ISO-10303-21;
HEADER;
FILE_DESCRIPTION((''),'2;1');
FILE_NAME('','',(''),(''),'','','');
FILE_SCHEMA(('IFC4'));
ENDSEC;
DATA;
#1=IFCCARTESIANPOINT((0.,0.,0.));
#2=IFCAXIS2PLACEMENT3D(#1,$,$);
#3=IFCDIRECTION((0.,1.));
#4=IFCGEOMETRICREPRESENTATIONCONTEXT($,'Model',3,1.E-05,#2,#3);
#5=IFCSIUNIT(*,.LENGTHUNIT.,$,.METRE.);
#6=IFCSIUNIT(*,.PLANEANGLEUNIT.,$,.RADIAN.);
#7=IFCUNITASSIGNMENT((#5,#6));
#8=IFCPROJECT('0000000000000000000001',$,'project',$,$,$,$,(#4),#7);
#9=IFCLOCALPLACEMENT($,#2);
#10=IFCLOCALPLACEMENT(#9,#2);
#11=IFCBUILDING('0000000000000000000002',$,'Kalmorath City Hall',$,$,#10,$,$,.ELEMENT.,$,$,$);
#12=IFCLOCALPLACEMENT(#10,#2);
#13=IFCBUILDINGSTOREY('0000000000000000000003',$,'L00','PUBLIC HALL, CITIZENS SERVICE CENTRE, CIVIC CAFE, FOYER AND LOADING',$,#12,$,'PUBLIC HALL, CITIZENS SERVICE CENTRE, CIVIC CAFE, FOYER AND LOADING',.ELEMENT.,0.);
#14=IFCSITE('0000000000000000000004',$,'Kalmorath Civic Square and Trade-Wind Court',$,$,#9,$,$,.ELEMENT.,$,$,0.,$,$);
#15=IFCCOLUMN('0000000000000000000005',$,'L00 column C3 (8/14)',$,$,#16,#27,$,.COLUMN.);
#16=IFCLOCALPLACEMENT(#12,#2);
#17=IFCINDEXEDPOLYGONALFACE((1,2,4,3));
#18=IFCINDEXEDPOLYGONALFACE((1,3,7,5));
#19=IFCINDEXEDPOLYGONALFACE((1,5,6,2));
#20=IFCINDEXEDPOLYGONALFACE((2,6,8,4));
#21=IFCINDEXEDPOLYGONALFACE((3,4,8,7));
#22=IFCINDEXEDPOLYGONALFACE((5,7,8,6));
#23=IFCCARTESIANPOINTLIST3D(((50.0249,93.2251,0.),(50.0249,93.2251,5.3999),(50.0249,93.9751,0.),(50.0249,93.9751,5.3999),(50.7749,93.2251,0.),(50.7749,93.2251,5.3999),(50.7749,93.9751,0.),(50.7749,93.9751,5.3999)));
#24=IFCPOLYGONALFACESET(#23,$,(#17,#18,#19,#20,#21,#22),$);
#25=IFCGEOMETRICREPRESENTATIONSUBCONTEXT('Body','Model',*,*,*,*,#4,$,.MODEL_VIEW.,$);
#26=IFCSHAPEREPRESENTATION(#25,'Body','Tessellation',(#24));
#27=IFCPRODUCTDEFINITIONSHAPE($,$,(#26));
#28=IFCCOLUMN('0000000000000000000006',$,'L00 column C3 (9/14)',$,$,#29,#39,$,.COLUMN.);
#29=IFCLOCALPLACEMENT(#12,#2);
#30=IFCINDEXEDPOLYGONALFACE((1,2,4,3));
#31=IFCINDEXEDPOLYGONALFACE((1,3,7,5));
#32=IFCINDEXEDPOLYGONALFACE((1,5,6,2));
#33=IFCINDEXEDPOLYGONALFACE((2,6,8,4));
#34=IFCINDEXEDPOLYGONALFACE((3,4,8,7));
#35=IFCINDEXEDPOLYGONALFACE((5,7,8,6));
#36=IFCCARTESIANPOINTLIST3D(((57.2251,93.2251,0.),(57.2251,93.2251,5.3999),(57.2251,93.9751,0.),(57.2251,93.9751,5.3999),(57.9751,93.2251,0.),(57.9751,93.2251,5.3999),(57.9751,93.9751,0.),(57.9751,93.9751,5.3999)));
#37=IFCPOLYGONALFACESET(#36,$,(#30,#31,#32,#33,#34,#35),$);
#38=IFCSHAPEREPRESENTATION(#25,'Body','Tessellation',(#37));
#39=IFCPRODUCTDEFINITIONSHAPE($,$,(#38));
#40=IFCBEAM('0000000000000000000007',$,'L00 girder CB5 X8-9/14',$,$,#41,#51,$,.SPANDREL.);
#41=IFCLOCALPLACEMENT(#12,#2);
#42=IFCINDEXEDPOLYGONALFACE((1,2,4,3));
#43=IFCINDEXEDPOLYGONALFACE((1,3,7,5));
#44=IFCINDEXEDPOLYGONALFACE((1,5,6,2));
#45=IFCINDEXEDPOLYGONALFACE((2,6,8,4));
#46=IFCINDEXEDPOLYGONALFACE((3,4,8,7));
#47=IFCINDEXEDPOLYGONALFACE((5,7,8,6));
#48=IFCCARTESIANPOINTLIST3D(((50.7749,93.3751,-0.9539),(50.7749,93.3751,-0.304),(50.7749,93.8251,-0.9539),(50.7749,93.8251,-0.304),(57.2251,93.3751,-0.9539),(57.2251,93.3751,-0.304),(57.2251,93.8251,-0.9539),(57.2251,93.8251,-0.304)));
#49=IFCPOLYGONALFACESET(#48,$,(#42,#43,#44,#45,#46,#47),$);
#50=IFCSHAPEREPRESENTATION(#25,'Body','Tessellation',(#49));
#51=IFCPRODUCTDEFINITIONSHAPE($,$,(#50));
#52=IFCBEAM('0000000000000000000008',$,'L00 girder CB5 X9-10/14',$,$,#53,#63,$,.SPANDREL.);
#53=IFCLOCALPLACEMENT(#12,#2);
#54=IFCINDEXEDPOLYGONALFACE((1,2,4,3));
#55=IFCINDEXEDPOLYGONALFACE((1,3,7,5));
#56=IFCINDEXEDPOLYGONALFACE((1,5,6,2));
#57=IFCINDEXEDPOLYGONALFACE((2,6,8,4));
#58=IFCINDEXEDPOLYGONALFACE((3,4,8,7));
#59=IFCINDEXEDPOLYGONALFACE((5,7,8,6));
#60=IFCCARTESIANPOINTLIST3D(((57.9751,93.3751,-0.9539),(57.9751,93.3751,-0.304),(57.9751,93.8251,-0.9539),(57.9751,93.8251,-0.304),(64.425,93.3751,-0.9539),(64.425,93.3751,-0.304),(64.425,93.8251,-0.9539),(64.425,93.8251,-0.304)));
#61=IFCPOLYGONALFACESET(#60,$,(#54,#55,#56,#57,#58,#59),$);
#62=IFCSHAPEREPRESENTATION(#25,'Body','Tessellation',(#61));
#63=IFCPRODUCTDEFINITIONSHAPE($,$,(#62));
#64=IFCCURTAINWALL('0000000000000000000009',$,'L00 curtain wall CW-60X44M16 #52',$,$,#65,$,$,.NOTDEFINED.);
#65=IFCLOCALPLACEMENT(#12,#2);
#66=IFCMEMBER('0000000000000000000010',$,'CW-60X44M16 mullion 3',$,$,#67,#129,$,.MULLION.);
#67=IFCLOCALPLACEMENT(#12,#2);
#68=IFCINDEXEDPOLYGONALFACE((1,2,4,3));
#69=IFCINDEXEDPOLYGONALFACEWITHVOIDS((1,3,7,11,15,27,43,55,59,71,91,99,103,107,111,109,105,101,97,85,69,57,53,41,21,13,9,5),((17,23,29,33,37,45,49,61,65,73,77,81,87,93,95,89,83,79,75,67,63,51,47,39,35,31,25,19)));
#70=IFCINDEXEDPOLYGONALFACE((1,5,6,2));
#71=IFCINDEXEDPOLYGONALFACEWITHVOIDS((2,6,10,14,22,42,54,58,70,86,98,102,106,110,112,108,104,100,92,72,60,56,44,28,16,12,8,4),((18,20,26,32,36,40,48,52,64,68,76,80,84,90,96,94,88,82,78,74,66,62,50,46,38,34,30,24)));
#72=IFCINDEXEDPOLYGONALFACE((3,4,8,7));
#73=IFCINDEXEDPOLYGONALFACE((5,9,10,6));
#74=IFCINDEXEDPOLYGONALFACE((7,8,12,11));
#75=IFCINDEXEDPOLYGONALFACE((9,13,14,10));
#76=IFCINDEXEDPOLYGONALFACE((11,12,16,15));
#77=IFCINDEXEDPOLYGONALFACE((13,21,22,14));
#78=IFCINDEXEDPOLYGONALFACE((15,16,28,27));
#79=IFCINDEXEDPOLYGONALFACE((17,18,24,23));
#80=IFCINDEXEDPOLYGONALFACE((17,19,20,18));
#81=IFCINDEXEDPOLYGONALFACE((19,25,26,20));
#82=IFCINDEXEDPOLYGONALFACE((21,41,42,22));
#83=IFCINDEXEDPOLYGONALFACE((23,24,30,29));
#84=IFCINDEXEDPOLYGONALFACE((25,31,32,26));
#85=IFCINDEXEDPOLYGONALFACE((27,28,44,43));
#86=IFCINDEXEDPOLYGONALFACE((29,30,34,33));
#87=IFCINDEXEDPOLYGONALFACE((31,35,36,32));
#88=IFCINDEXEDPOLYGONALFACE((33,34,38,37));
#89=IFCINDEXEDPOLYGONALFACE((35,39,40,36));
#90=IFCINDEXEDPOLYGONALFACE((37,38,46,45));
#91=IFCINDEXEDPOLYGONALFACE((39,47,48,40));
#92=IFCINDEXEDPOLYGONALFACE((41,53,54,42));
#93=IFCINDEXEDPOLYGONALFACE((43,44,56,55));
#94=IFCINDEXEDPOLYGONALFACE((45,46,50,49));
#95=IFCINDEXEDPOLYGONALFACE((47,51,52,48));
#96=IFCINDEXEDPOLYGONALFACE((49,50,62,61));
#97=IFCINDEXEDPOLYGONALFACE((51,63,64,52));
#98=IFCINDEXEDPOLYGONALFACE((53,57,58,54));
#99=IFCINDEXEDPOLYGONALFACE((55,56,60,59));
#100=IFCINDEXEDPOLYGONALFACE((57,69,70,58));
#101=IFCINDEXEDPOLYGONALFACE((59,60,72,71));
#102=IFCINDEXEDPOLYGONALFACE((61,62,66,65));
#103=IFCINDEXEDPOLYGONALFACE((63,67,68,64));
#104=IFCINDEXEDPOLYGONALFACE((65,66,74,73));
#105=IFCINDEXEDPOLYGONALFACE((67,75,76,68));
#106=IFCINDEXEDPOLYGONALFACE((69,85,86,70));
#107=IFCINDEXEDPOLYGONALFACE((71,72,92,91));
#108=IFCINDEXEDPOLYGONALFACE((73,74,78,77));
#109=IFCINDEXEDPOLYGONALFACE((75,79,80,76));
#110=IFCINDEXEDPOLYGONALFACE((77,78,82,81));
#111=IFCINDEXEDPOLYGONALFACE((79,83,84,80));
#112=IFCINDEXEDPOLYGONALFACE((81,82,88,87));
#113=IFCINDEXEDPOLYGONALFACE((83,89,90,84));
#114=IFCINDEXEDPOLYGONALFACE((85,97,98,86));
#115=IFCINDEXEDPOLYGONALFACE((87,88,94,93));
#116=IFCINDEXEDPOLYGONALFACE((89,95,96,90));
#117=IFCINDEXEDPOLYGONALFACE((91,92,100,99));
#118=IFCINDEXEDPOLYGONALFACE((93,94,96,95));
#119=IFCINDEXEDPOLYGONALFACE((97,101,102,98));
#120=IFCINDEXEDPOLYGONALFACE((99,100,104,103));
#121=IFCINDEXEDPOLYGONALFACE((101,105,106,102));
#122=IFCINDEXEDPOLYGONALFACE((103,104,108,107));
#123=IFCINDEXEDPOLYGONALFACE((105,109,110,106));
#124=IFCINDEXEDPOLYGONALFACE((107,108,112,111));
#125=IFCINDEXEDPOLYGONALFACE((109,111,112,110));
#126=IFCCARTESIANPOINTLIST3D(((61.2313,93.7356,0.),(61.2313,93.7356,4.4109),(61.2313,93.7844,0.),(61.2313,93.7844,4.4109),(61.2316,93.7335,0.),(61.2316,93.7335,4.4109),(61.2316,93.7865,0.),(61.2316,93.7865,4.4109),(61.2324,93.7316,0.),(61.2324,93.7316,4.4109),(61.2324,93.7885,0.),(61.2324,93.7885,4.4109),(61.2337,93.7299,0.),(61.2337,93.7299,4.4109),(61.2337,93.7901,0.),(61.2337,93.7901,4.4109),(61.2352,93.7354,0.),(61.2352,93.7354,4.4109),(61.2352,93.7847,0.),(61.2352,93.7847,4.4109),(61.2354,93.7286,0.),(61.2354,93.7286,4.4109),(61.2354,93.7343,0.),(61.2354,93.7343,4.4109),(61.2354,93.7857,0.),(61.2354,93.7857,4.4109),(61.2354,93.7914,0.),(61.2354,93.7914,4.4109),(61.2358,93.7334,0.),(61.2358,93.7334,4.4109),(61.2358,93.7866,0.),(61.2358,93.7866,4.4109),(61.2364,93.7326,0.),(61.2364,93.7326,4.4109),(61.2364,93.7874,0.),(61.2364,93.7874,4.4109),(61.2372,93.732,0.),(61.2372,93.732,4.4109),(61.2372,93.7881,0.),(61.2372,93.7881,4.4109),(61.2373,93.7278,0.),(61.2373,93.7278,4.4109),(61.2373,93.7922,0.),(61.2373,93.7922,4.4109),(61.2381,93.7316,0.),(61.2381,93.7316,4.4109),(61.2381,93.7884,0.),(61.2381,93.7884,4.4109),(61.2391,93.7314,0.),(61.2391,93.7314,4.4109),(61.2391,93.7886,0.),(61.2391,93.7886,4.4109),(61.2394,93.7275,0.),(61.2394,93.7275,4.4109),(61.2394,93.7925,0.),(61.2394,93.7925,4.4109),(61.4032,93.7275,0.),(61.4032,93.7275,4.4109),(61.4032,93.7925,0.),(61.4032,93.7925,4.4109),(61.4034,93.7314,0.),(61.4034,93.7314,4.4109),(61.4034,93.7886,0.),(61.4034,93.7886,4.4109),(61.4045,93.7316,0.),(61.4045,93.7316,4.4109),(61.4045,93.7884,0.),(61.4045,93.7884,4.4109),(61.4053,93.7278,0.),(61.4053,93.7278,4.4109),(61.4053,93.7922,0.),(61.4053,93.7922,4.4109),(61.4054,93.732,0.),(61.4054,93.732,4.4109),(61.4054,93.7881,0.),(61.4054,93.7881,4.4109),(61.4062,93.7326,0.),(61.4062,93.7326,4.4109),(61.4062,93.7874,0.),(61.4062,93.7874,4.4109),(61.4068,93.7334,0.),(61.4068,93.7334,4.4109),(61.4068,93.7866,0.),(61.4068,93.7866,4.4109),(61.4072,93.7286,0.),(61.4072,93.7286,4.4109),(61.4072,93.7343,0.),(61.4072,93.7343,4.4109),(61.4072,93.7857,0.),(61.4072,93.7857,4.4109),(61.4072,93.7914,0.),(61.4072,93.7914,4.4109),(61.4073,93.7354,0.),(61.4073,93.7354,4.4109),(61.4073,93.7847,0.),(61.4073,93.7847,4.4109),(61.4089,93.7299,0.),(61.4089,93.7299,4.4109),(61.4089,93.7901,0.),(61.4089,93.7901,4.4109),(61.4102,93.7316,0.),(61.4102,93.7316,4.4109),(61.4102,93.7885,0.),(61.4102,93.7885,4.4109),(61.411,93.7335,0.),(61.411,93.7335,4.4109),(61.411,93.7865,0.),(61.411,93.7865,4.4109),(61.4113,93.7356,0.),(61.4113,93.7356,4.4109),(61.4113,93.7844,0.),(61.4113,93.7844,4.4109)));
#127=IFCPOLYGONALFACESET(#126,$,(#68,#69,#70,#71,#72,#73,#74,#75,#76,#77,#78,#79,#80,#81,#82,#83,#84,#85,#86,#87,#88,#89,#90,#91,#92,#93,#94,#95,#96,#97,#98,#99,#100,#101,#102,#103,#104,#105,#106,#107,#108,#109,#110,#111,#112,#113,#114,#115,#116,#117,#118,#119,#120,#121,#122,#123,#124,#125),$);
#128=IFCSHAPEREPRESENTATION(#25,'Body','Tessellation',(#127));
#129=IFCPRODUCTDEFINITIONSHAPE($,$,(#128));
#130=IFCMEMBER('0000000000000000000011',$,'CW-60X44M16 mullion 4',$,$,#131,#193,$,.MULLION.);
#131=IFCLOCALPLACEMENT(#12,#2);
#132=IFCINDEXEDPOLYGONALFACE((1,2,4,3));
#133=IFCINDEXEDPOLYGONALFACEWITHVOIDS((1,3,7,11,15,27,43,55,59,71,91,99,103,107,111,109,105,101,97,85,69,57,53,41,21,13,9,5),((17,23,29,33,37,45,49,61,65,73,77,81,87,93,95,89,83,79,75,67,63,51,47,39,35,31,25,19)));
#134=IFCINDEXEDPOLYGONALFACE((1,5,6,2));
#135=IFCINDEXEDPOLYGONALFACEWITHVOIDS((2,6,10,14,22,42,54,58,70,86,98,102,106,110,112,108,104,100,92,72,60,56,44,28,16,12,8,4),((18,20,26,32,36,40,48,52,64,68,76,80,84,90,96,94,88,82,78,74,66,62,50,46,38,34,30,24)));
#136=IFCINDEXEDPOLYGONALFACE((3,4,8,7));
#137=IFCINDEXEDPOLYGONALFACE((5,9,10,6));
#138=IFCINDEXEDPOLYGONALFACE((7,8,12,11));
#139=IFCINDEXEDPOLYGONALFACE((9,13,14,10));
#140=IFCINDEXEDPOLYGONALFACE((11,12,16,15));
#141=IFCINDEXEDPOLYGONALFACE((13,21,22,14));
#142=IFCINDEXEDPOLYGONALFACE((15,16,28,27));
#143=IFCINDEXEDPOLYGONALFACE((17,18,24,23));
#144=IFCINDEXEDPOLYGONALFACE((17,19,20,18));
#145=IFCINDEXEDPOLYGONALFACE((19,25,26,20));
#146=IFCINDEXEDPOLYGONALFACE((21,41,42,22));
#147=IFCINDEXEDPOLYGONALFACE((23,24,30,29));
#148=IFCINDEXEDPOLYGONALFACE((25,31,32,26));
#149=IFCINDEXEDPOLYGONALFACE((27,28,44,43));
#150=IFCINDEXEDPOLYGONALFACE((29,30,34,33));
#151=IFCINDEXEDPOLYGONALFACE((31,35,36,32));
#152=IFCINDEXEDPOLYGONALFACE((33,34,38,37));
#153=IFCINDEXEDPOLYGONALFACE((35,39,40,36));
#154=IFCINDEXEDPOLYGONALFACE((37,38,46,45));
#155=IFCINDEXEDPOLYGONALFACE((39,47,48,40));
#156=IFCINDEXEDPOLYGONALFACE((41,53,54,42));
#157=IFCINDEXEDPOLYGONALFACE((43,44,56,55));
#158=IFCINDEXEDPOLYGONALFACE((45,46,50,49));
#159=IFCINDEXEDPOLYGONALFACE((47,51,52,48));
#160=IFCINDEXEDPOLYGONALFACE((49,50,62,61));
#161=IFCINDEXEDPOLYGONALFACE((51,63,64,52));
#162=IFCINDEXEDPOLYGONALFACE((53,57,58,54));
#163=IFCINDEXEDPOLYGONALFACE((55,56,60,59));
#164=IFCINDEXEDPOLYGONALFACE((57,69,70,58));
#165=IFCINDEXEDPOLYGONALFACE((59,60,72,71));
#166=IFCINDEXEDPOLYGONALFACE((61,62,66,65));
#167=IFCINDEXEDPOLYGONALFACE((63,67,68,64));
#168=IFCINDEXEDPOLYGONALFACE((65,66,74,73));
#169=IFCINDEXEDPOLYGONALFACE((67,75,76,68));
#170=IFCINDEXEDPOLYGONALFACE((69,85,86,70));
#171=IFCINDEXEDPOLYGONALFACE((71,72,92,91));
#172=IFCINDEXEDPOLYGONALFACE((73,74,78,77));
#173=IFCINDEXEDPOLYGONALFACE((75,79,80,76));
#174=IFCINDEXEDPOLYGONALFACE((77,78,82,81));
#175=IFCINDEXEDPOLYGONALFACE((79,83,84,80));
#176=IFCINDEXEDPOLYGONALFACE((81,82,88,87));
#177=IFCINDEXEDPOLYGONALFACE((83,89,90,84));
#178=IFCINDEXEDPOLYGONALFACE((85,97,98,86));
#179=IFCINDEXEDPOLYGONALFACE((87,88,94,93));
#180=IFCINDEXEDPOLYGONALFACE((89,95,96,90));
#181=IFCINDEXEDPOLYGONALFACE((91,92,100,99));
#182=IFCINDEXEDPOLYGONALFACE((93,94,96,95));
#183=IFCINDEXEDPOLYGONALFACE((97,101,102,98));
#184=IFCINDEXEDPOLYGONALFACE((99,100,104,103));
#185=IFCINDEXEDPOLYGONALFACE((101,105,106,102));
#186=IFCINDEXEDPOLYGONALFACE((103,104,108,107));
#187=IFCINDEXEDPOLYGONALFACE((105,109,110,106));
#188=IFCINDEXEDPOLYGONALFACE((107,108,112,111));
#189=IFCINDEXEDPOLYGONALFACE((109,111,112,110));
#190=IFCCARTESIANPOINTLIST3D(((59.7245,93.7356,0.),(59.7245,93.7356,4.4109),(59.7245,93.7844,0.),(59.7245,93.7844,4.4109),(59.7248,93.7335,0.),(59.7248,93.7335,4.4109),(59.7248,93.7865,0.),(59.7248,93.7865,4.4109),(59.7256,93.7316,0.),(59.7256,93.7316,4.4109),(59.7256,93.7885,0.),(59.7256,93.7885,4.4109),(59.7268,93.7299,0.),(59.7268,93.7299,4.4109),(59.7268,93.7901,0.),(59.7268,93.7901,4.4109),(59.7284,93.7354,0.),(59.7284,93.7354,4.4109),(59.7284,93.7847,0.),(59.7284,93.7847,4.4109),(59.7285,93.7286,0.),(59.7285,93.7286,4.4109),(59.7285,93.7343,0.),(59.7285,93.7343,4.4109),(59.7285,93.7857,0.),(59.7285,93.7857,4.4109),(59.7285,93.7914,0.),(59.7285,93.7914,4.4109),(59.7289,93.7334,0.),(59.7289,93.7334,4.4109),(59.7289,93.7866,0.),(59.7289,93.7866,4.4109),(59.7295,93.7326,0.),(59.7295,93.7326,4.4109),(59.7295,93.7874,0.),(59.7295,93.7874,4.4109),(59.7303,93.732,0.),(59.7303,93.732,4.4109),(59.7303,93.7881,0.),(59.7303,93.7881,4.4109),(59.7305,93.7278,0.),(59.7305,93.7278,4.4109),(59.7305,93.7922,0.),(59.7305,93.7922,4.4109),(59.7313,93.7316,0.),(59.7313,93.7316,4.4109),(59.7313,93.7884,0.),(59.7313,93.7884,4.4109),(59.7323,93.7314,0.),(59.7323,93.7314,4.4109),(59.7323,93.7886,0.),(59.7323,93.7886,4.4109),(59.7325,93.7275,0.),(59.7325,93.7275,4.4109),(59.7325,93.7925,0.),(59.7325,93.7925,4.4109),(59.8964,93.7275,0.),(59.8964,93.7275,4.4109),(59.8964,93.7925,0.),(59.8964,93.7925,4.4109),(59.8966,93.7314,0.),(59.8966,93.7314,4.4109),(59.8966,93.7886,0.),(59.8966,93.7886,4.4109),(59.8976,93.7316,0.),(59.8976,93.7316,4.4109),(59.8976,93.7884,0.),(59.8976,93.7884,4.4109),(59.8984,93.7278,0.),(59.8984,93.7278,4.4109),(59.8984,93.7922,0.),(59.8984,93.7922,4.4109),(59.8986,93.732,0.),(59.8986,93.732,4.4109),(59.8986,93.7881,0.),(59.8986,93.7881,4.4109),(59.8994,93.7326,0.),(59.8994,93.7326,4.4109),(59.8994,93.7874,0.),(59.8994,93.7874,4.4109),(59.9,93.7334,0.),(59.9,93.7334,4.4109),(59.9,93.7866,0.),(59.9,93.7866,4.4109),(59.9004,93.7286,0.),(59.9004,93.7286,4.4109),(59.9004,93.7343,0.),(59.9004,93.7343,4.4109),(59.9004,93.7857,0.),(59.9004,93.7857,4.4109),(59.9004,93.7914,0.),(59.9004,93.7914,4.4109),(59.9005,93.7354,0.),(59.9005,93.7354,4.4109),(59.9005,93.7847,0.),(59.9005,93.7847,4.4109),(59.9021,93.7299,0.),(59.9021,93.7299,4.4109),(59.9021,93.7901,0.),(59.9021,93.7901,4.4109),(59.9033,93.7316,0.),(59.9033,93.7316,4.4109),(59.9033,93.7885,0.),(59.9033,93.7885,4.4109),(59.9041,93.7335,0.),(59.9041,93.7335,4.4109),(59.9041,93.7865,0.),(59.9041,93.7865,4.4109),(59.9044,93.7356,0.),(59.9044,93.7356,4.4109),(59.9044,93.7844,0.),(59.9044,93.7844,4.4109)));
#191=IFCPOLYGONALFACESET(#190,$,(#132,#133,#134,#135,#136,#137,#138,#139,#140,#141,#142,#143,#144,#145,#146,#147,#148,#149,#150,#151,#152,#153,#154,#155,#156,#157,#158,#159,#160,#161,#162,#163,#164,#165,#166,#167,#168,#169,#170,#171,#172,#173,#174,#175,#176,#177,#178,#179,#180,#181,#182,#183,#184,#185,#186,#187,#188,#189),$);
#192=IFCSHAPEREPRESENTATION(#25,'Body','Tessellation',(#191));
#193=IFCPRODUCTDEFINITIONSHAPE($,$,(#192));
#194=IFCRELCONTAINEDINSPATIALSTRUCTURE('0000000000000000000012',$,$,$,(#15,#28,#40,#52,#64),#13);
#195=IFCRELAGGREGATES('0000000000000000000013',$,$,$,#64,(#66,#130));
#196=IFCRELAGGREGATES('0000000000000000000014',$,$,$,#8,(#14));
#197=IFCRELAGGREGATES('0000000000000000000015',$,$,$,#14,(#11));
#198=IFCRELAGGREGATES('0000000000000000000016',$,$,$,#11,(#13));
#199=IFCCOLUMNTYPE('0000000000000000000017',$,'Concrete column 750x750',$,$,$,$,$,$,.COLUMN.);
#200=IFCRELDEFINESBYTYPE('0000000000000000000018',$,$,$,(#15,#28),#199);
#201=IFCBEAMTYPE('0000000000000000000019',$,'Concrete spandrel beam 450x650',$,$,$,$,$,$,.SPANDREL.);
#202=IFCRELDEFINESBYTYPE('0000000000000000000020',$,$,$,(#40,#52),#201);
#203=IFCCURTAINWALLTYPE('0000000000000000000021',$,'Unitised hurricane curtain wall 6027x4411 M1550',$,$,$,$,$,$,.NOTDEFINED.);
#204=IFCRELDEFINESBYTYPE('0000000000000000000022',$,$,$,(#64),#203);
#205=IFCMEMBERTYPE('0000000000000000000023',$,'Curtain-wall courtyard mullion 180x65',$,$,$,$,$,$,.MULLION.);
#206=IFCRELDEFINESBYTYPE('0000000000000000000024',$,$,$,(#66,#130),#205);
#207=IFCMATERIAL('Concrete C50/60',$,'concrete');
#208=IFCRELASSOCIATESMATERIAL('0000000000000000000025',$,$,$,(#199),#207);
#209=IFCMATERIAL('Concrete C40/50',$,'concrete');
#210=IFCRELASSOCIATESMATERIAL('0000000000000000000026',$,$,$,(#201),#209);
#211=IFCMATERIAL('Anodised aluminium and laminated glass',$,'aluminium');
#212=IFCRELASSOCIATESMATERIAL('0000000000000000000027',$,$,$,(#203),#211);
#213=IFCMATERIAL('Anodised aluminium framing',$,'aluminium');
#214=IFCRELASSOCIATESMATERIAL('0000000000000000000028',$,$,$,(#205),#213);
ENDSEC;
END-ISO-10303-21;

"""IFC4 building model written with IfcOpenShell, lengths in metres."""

from ifc_helpers import new_model, si_unit, direction, frame, origin, origin_2d, place, context, subcontext, project, spatial, rectangle, hollow_rectangle, extrude, material, material_profile, profile_set, type_object, element, aggregate, save


model = new_model("IFC4")

# Units and contexts
model_context = context("Model", 3, precision=1e-05, world=origin(), true_north=direction((0.0, 1.0)))
body_context = subcontext(model_context, "Body", "Model", "MODEL_VIEW")
ifc_project = project(units=[si_unit("LENGTHUNIT", "METRE"), si_unit("PLANEANGLEUNIT", "RADIAN")], contexts=[model_context])

# Site, building, storey
site_placement = place(None, origin())
site = spatial("IfcSite", under=ifc_project, at=site_placement, Name="Kalmorath Civic Square and Trade-Wind Court", CompositionType="ELEMENT", RefElevation=0.0)
building_placement = place(site_placement, origin())
building = spatial("IfcBuilding", under=site, at=building_placement, Name="Kalmorath City Hall", CompositionType="ELEMENT")
storey_placement = place(building_placement, origin())
storey = spatial("IfcBuildingStorey", under=building, at=storey_placement, Name="L00", Description="PUBLIC HALL, CITIZENS SERVICE CENTRE, CIVIC CAFE, FOYER AND LOADING", LongName="PUBLIC HALL, CITIZENS SERVICE CENTRE, CIVIC CAFE, FOYER AND LOADING", CompositionType="ELEMENT", Elevation=0.0)

# Columns
ifc_material_1 = material(Name="Concrete C50/60", Category="concrete")
ifc_material_profile_1 = material_profile(ifc_material_1, rectangle(XDim=0.75, YDim=0.75, at=origin_2d()), Name="RC-COL-750X750")
ifc_profile_set_1 = profile_set([ifc_material_profile_1], Name="Concrete C50/60")
column_type = type_object("IfcColumnType", Name="Concrete column 750x750", PredefinedType="COLUMN", material=ifc_profile_set_1)
for number, where, z_axis, x_axis, name in (
    (1, (50.3999, 93.6001, 0.0), (0.0, 0.0, 1.0), (1.0, 0.0, 0.0), "L00 column C3 (8/14)"),
    (2, (57.6001, 93.6001, 0.0), (0.0, 0.0, 1.0), (1.0, 0.0, 0.0), "L00 column C3 (9/14)"),
):
    element("IfcColumn", number, at=place(storey_placement, frame(where, z_axis=z_axis, x_axis=x_axis)), inside=storey, type_object=column_type, Name=name, PredefinedType="COLUMN", context=body_context, shape_type="SweptSolid", body=[
        extrude(rectangle(XDim=0.75, YDim=0.75, at=origin_2d()), origin(), (0.0, 0.0, 1.0), 5.3999),
    ])

# Beams
ifc_material_2 = material(Name="Concrete C40/50", Category="concrete")
ifc_material_profile_2 = material_profile(ifc_material_2, rectangle(XDim=0.45, YDim=0.6499, at=origin_2d()), Name="RC-BM-450X650")
ifc_profile_set_2 = profile_set([ifc_material_profile_2], Name="Concrete C40/50")
beam_type = type_object("IfcBeamType", Name="Concrete spandrel beam 450x650", PredefinedType="SPANDREL", material=ifc_profile_set_2)
beam_1_placement = place(storey_placement, frame((50.7749, 93.6001, -0.6289), z_axis=(1.0, 0.0, 0.0), x_axis=(0.0, 1.0, 0.0)))
element("IfcBeam", 3, at=beam_1_placement, inside=storey, type_object=beam_type, Name="L00 girder CB5 X8-9/14", PredefinedType="SPANDREL", context=body_context, shape_type="SweptSolid", body=[
    extrude(rectangle(XDim=0.45, YDim=0.6499, at=origin_2d()), origin(), (0.0, 0.0, 1.0), 6.4502),
])
beam_2_placement = place(storey_placement, frame((57.9751, 93.6001, -0.6289), z_axis=(1.0, 0.0, 0.0), x_axis=(0.0, 1.0, 0.0)))
element("IfcBeam", 4, at=beam_2_placement, inside=storey, type_object=beam_type, Name="L00 girder CB5 X9-10/14", PredefinedType="SPANDREL", context=body_context, shape_type="SweptSolid", body=[
    extrude(rectangle(XDim=0.45, YDim=0.6499, at=origin_2d()), origin(), (0.0, 0.0, 1.0), 6.45),
])

# Curtain wall, members
ifc_material_3 = material(Name="Anodised aluminium and laminated glass", Category="aluminium")
curtain_wall_type_1 = type_object("IfcCurtainWallType", Name="Unitised hurricane curtain wall 6027x4411 M1550", PredefinedType="NOTDEFINED", material=ifc_material_3)
curtain_wall_1_placement = place(storey_placement, origin())
curtain_wall_1 = element("IfcCurtainWall", 5, at=curtain_wall_1_placement, inside=storey, type_object=curtain_wall_type_1, Name="L00 curtain wall CW-60X44M16 #52", PredefinedType="NOTDEFINED")
ifc_material_4 = material(Name="Anodised aluminium framing", Category="aluminium")
ifc_material_profile_3 = material_profile(ifc_material_4, hollow_rectangle(XDim=0.0649, YDim=0.1799, WallThickness=0.0039, InnerFilletRadius=0.0039, OuterFilletRadius=0.0081, at=origin_2d()), Name="ALU-MUL-180X65X4")
ifc_profile_set_3 = profile_set([ifc_material_profile_3], Name="Anodised aluminium framing")
member_type_1 = type_object("IfcMemberType", Name="Curtain-wall courtyard mullion 180x65", PredefinedType="MULLION", material=ifc_profile_set_3)
member_1_placement = place(storey_placement, frame((61.3213, 93.76, 0.0), z_axis=(0.0, 0.0, 1.0), x_axis=(0.0, -1.0, 0.0)))
member_1 = element("IfcMember", 6, at=member_1_placement, type_object=member_type_1, Name="CW-60X44M16 mullion 3", PredefinedType="MULLION", context=body_context, shape_type="SweptSolid", body=[
    extrude(hollow_rectangle(XDim=0.0649, YDim=0.1799, WallThickness=0.0039, InnerFilletRadius=0.0039, OuterFilletRadius=0.0081, at=origin_2d()), origin(), (0.0, 0.0, 1.0), 4.4109),
])
member_2_placement = place(storey_placement, frame((59.8145, 93.76, 0.0), z_axis=(0.0, 0.0, 1.0), x_axis=(0.0, -1.0, 0.0)))
member_2 = element("IfcMember", 7, at=member_2_placement, type_object=member_type_1, Name="CW-60X44M16 mullion 4", PredefinedType="MULLION", context=body_context, shape_type="SweptSolid", body=[
    extrude(hollow_rectangle(XDim=0.0649, YDim=0.1799, WallThickness=0.0039, InnerFilletRadius=0.0039, OuterFilletRadius=0.0081, at=origin_2d()), origin(), (0.0, 0.0, 1.0), 4.4109),
])

aggregate(curtain_wall_1, [member_1, member_2])

save(model, "model.ifc")
